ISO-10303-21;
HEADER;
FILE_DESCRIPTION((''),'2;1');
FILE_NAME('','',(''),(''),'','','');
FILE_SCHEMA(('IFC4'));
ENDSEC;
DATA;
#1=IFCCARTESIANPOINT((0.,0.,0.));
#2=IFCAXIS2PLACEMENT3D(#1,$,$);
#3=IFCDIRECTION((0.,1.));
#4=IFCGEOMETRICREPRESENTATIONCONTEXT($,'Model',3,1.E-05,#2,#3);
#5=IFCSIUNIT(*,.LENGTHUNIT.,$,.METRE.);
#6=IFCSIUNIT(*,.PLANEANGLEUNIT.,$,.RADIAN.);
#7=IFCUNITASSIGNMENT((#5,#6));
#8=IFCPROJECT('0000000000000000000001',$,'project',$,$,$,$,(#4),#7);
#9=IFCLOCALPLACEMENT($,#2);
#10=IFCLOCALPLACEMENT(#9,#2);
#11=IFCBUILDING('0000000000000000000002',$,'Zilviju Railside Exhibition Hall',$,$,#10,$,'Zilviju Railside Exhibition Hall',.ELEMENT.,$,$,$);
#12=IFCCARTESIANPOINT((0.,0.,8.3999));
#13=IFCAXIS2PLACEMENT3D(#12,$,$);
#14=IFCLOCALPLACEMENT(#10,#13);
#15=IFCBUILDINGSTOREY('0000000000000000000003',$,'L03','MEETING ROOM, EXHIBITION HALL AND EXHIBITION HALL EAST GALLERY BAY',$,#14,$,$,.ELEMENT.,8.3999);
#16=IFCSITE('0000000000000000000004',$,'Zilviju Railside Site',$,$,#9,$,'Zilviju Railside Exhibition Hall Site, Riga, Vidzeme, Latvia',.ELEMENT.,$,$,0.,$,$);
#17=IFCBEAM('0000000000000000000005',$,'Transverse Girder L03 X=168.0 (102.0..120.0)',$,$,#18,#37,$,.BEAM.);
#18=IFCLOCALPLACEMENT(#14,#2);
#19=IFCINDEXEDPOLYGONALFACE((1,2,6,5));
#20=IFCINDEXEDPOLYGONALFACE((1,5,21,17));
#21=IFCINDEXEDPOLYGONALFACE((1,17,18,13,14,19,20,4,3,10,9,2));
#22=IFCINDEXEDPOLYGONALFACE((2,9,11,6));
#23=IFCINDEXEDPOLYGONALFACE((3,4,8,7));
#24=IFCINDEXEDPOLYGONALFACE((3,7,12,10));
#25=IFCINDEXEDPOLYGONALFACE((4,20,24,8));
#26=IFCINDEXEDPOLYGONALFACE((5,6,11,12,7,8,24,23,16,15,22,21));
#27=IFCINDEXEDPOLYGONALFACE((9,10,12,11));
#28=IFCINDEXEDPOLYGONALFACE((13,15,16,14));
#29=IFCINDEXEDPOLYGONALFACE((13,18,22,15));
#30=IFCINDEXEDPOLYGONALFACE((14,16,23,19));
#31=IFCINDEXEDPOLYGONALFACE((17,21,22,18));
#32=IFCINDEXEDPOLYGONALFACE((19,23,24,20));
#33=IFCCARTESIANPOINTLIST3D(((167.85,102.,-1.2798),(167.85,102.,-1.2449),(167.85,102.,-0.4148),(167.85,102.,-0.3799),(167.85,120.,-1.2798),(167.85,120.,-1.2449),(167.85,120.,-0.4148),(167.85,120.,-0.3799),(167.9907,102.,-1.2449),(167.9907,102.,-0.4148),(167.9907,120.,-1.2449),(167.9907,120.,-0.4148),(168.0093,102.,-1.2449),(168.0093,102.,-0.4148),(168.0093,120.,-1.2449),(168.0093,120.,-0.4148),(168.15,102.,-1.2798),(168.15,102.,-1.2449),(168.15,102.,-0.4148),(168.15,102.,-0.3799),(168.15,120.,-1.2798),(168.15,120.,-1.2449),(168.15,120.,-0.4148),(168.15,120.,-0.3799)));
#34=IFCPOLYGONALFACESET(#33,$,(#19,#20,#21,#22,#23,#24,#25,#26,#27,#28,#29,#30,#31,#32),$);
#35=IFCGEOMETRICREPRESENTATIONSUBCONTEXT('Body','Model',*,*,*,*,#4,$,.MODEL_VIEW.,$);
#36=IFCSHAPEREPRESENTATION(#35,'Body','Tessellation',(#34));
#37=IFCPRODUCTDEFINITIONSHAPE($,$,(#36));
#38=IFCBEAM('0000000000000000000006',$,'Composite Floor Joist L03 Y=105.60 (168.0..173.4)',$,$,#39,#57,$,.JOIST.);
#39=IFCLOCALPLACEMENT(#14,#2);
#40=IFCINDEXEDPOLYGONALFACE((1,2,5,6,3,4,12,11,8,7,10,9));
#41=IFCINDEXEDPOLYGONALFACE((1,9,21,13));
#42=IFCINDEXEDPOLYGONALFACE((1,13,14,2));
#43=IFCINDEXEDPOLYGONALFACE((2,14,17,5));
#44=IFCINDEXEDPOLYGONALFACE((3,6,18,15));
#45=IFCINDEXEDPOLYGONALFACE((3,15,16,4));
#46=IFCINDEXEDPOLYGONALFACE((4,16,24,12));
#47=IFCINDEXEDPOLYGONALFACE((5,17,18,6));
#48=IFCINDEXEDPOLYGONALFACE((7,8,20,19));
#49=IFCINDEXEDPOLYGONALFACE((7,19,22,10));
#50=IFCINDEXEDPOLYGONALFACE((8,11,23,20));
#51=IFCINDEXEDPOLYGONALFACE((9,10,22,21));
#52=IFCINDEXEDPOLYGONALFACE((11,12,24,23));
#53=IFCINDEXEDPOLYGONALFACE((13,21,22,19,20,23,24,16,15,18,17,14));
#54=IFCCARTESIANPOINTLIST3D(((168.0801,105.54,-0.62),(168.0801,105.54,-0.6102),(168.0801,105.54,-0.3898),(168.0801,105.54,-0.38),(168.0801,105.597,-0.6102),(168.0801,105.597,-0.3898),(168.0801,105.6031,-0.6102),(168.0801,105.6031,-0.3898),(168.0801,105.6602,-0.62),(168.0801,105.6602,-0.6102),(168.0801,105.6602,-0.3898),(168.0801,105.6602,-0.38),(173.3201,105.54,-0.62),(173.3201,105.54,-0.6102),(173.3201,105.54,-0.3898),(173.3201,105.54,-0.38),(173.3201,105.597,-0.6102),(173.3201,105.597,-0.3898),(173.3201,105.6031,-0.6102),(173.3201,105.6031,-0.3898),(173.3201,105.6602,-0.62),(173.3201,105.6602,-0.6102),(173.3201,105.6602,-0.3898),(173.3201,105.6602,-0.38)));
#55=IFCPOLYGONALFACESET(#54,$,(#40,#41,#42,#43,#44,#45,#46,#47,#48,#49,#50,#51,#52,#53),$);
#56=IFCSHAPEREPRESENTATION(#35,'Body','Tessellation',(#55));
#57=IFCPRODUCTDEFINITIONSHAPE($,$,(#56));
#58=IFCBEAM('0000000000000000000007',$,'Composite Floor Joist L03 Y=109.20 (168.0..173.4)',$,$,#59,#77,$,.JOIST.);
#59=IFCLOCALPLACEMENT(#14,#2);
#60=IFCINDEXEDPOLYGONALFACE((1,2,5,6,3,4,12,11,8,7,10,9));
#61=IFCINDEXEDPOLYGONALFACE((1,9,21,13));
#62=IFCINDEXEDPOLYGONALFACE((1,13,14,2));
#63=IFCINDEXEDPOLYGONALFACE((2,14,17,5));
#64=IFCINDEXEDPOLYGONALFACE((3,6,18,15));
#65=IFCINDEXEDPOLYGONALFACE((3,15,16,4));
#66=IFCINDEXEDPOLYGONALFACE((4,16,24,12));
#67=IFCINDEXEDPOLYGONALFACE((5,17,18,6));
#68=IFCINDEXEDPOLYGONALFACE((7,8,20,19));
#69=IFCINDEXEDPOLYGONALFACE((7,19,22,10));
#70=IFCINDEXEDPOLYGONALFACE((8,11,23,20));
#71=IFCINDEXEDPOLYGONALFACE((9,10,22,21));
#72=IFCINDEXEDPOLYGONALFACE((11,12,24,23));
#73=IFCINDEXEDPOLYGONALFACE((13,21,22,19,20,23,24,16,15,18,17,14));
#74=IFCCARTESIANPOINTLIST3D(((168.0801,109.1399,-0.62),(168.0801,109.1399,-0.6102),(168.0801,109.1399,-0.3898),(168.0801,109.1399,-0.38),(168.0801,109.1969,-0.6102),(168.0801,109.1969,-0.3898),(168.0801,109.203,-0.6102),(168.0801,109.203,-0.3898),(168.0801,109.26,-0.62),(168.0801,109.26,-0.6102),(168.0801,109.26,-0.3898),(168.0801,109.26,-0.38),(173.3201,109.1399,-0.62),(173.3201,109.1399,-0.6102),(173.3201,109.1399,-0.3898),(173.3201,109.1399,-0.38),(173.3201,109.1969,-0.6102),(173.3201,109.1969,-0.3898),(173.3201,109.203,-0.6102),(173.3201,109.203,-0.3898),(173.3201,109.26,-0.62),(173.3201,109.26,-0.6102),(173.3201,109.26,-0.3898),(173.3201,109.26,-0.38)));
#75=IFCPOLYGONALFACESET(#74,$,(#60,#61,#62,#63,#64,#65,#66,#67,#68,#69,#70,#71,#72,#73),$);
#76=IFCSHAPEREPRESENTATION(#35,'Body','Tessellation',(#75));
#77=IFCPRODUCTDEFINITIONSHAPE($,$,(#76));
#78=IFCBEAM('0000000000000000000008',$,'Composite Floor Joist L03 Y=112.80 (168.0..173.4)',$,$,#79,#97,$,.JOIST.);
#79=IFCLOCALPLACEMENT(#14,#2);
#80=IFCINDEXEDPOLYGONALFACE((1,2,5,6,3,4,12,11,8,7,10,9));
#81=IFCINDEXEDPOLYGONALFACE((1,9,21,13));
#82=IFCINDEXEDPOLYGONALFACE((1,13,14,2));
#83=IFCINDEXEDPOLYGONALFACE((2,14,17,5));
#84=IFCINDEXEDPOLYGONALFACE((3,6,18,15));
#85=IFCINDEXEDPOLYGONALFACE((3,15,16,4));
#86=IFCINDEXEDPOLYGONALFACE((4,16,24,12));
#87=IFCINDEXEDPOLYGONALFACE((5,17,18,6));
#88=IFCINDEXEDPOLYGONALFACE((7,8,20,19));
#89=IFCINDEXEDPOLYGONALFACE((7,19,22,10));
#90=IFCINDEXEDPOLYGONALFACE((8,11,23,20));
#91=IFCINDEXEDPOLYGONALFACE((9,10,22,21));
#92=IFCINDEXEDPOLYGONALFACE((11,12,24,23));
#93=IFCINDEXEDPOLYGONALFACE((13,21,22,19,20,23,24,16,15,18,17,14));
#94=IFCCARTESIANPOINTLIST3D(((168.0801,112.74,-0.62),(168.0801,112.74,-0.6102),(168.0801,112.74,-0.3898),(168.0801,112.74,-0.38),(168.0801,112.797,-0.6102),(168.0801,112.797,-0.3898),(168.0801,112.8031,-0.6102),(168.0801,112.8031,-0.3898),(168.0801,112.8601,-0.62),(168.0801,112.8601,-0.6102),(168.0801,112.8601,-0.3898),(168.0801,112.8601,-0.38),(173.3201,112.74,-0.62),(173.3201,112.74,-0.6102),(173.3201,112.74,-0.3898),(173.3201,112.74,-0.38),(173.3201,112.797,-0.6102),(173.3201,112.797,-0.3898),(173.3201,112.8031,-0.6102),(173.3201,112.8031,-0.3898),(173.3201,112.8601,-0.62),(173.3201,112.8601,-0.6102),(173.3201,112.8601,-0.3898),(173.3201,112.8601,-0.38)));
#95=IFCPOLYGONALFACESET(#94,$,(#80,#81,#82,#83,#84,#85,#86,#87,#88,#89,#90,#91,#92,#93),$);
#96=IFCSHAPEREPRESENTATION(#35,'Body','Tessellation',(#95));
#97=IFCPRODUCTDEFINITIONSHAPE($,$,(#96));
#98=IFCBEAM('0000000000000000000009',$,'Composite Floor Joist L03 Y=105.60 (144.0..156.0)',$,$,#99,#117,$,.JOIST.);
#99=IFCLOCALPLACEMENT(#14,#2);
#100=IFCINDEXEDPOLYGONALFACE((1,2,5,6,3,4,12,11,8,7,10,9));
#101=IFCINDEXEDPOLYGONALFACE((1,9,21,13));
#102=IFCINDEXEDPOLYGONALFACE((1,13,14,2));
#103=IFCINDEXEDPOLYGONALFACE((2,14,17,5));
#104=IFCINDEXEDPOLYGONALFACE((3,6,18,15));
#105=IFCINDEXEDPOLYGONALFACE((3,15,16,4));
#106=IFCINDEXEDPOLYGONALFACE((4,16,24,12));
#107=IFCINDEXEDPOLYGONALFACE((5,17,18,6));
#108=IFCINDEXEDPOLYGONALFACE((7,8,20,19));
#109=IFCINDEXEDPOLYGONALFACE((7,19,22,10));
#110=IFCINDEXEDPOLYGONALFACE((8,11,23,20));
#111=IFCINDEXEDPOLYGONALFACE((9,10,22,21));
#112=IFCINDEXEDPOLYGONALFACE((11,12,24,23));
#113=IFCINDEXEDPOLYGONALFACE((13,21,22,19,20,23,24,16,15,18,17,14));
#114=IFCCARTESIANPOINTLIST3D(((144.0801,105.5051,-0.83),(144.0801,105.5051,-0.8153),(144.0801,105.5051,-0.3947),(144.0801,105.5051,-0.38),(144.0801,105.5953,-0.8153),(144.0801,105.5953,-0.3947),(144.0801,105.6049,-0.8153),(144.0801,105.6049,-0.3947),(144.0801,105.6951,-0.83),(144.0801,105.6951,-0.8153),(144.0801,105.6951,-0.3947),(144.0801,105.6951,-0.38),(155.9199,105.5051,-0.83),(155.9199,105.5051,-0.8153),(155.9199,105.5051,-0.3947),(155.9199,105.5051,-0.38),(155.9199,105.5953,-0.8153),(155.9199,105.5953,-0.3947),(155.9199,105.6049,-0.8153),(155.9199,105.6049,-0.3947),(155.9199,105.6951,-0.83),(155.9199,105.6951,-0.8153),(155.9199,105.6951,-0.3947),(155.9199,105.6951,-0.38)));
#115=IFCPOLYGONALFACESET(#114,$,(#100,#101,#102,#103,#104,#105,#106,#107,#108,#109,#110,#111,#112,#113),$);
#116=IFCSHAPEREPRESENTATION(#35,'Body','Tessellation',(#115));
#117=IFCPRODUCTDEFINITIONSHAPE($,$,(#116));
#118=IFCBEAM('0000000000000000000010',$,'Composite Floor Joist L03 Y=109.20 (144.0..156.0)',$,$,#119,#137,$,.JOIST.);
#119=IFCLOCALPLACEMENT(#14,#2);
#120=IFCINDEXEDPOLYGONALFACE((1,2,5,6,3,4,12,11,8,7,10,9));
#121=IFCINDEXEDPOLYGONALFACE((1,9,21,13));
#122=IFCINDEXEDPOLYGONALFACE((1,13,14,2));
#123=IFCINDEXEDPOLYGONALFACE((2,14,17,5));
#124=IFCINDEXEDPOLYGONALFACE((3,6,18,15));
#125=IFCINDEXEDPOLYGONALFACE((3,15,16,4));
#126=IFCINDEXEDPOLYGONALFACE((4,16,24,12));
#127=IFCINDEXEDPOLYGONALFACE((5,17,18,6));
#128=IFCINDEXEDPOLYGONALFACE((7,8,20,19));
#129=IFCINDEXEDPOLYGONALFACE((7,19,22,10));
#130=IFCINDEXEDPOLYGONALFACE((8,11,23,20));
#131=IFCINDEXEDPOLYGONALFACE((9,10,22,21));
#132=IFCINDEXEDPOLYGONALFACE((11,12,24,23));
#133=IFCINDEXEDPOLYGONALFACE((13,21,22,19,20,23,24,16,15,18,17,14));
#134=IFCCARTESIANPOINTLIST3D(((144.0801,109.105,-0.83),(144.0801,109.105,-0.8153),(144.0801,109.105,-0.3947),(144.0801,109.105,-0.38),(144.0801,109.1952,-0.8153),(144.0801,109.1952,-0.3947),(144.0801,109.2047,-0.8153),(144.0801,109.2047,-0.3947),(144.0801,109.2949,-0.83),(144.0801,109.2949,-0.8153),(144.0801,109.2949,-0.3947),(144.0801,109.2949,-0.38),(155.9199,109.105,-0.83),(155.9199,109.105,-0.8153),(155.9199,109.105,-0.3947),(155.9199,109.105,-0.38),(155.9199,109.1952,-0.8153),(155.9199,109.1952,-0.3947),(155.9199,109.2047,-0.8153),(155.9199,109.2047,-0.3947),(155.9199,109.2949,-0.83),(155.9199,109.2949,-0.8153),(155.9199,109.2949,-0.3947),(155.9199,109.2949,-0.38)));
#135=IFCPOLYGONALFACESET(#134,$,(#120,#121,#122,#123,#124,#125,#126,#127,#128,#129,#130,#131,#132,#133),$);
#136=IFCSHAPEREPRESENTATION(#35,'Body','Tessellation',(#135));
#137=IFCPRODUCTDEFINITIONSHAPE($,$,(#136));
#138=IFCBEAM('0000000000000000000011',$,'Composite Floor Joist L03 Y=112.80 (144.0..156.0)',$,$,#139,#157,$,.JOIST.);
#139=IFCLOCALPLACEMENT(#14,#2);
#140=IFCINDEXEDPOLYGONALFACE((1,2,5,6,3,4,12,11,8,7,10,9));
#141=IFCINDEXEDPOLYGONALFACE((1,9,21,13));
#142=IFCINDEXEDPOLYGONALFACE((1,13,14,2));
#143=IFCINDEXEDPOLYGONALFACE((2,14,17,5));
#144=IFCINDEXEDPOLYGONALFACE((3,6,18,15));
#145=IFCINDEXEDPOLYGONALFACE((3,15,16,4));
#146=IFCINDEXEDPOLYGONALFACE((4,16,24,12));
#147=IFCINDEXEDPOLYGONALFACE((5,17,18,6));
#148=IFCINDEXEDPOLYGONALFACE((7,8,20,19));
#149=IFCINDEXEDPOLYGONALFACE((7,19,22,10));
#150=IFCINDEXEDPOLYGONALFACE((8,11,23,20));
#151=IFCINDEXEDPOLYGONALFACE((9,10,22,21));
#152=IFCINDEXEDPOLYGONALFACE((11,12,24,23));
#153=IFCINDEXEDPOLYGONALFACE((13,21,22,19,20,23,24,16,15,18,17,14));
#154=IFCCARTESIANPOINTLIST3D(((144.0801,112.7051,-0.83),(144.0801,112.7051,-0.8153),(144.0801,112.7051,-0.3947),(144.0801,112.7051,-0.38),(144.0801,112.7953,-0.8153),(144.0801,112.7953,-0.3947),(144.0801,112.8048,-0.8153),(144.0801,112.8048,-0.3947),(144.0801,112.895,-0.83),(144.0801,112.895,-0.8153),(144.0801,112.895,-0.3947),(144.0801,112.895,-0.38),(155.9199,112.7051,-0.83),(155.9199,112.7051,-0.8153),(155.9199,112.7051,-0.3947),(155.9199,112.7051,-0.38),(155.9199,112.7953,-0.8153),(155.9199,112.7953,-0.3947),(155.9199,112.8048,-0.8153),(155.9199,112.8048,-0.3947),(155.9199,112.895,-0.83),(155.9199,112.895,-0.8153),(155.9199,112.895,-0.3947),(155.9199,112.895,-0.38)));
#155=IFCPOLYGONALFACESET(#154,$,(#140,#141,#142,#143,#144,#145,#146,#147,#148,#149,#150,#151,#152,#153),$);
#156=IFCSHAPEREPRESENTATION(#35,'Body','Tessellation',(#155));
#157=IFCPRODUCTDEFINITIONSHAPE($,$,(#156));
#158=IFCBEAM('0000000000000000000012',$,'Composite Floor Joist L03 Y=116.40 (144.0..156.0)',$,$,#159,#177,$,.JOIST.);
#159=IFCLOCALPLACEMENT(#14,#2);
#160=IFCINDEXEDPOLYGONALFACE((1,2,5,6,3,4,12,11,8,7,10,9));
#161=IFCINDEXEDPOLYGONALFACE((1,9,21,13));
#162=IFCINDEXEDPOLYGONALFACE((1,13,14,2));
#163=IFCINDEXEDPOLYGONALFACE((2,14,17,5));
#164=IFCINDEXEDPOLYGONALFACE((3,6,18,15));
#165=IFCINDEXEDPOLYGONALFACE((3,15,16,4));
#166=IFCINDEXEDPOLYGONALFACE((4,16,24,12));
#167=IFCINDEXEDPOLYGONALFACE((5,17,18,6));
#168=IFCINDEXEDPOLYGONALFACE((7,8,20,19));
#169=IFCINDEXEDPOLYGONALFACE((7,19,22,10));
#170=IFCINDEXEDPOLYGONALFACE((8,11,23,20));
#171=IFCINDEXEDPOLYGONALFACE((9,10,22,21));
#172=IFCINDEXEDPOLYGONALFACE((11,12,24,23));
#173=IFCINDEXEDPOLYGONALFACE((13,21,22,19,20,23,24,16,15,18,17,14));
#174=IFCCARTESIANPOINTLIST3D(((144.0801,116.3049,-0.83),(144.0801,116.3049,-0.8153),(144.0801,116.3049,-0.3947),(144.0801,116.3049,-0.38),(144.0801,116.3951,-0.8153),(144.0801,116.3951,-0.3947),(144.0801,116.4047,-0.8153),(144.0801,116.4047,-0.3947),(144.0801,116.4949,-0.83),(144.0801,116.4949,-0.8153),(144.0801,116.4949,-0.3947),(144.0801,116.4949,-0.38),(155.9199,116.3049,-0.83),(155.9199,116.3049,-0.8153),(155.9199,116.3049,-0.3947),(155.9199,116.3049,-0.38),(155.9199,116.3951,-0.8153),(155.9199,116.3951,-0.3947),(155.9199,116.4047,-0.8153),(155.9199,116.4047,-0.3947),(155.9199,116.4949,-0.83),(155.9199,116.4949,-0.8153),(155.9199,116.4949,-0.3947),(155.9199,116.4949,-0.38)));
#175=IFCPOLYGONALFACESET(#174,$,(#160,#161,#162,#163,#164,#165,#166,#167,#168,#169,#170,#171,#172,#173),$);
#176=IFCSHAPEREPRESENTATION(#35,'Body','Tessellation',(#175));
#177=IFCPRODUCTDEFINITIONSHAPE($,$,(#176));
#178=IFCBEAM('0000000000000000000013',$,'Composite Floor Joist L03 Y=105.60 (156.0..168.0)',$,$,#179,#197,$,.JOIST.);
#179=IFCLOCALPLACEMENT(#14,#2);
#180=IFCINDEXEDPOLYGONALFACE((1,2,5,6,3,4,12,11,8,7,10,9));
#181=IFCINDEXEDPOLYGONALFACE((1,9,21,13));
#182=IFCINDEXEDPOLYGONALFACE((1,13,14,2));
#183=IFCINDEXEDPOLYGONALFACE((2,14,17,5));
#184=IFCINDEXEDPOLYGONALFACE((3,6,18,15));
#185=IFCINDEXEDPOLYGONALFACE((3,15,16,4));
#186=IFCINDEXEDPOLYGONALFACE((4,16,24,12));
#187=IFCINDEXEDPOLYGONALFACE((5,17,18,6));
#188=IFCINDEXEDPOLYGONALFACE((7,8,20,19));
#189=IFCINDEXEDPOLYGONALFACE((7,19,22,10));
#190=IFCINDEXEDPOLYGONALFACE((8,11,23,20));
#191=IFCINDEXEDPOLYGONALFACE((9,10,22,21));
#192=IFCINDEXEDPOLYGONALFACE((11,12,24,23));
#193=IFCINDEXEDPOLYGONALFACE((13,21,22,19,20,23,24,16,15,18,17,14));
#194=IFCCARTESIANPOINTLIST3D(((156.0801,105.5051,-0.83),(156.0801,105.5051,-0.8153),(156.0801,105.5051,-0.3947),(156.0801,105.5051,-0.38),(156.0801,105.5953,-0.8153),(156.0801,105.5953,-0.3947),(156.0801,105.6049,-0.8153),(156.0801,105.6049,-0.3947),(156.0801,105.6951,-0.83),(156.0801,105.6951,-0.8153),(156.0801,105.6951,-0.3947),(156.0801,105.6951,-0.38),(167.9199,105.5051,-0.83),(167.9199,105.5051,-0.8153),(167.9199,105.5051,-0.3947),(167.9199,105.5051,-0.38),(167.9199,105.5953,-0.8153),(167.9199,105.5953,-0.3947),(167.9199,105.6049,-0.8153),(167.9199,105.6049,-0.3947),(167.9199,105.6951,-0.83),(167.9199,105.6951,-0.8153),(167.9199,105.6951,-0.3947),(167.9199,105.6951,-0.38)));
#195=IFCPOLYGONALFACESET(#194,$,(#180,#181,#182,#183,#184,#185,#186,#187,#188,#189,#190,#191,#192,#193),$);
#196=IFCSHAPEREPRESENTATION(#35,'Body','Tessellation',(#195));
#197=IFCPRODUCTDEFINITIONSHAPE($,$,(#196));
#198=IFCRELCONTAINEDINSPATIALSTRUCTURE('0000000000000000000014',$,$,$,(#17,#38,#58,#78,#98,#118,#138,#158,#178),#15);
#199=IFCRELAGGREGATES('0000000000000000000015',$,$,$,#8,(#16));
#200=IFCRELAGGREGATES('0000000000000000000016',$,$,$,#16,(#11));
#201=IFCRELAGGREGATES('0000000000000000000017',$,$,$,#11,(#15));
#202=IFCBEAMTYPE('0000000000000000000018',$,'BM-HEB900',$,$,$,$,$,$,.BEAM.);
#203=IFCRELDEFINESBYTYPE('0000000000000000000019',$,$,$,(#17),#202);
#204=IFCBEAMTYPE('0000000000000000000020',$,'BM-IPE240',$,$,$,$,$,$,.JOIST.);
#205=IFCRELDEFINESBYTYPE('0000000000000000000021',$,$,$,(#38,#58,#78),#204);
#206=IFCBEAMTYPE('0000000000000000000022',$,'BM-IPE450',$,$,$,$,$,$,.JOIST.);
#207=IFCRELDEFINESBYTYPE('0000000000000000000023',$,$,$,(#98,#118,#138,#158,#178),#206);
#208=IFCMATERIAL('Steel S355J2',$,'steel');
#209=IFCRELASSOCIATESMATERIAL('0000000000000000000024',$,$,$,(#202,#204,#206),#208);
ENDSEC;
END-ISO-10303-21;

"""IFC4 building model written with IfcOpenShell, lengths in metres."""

from ifc_helpers import new_model, si_unit, direction, frame, origin, origin_2d, place, context, subcontext, project, spatial, i_section, extrude, material, material_profile, profile_set, type_object, element, save


model = new_model("IFC4")

# Units and contexts
model_context = context("Model", 3, precision=1e-05, world=origin(), true_north=direction((0.0, 1.0)))
body_context = subcontext(model_context, "Body", "Model", "MODEL_VIEW")
ifc_project = project(units=[si_unit("LENGTHUNIT", "METRE"), si_unit("PLANEANGLEUNIT", "RADIAN")], contexts=[model_context])

# Site, building, storey
site_placement = place(None, origin())
site = spatial("IfcSite", under=ifc_project, at=site_placement, Name="Zilviju Railside Site", LongName="Zilviju Railside Exhibition Hall Site, Riga, Vidzeme, Latvia", CompositionType="ELEMENT", RefElevation=0.0)
building_placement = place(site_placement, origin())
building = spatial("IfcBuilding", under=site, at=building_placement, Name="Zilviju Railside Exhibition Hall", LongName="Zilviju Railside Exhibition Hall", CompositionType="ELEMENT")
storey_placement = place(building_placement, frame((0.0, 0.0, 8.3999)))
storey = spatial("IfcBuildingStorey", under=building, at=storey_placement, Name="L03", Description="MEETING ROOM, EXHIBITION HALL AND EXHIBITION HALL EAST GALLERY BAY", CompositionType="ELEMENT", Elevation=8.3999)

# Shared definitions
ifc_material = material(Name="Steel S355J2", Category="steel")

# Beams
ifc_material_profile_1 = material_profile(ifc_material, i_section(OverallWidth=0.3, OverallDepth=0.8999, WebThickness=0.0186, FlangeThickness=0.0349, at=origin_2d()), Name="HEB 900")
ifc_profile_set_1 = profile_set([ifc_material_profile_1], Name="Steel S355J2")
beam_type_1 = type_object("IfcBeamType", Name="BM-HEB900", PredefinedType="BEAM", material=ifc_profile_set_1)
for number, where, z_axis, x_axis, name in (
    (1, (168.0, 102.0, -0.8298), (0.0, 1.0, 0.0), (-1.0, 0.0, 0.0), "Transverse Girder L03 X=168.0 (102.0..120.0)"),
):
    element("IfcBeam", number, at=place(storey_placement, frame(where, z_axis=z_axis, x_axis=x_axis)), inside=storey, type_object=beam_type_1, Name=name, PredefinedType="BEAM", context=body_context, shape_type="SweptSolid", body=[
        extrude(i_section(OverallWidth=0.3, OverallDepth=0.8999, WebThickness=0.0186, FlangeThickness=0.0349, at=origin_2d()), origin(), (0.0, 0.0, 1.0), 18.0),
    ])
ifc_material_profile_2 = material_profile(ifc_material, i_section(OverallWidth=0.1201, OverallDepth=0.24, WebThickness=0.0061, FlangeThickness=0.0098, at=origin_2d()), Name="IPE 240")
ifc_profile_set_2 = profile_set([ifc_material_profile_2], Name="Steel S355J2")
beam_type_2 = type_object("IfcBeamType", Name="BM-IPE240", PredefinedType="JOIST", material=ifc_profile_set_2)
for number, where, z_axis, x_axis, name in (
    (2, (168.0801, 105.6001, -0.5), (1.0, 0.0, 0.0), (0.0, 1.0, 0.0), "Composite Floor Joist L03 Y=105.60 (168.0..173.4)"),
    (3, (168.0801, 109.2, -0.5), (1.0, 0.0, 0.0), (0.0, 1.0, 0.0), "Composite Floor Joist L03 Y=109.20 (168.0..173.4)"),
    (4, (168.0801, 112.8, -0.5), (1.0, 0.0, 0.0), (0.0, 1.0, 0.0), "Composite Floor Joist L03 Y=112.80 (168.0..173.4)"),
):
    element("IfcBeam", number, at=place(storey_placement, frame(where, z_axis=z_axis, x_axis=x_axis)), inside=storey, type_object=beam_type_2, Name=name, PredefinedType="JOIST", context=body_context, shape_type="SweptSolid", body=[
        extrude(i_section(OverallWidth=0.1201, OverallDepth=0.24, WebThickness=0.0061, FlangeThickness=0.0098, at=origin_2d()), origin(), (0.0, 0.0, 1.0), 5.24),
    ])
ifc_material_profile_3 = material_profile(ifc_material, i_section(OverallWidth=0.1899, OverallDepth=0.45, WebThickness=0.0095, FlangeThickness=0.0146, at=origin_2d()), Name="IPE 450")
ifc_profile_set_3 = profile_set([ifc_material_profile_3], Name="Steel S355J2")
beam_type_3 = type_object("IfcBeamType", Name="BM-IPE450", PredefinedType="JOIST", material=ifc_profile_set_3)
for number, where, z_axis, x_axis, name in (
    (5, (144.0801, 105.6001, -0.605), (1.0, 0.0, 0.0), (0.0, 1.0, 0.0), "Composite Floor Joist L03 Y=105.60 (144.0..156.0)"),
    (6, (144.0801, 109.2, -0.605), (1.0, 0.0, 0.0), (0.0, 1.0, 0.0), "Composite Floor Joist L03 Y=109.20 (144.0..156.0)"),
    (7, (144.0801, 112.8, -0.605), (1.0, 0.0, 0.0), (0.0, 1.0, 0.0), "Composite Floor Joist L03 Y=112.80 (144.0..156.0)"),
    (8, (144.0801, 116.3999, -0.605), (1.0, 0.0, 0.0), (0.0, 1.0, 0.0), "Composite Floor Joist L03 Y=116.40 (144.0..156.0)"),
    (9, (156.0801, 105.6001, -0.605), (1.0, 0.0, 0.0), (0.0, 1.0, 0.0), "Composite Floor Joist L03 Y=105.60 (156.0..168.0)"),
):
    element("IfcBeam", number, at=place(storey_placement, frame(where, z_axis=z_axis, x_axis=x_axis)), inside=storey, type_object=beam_type_3, Name=name, PredefinedType="JOIST", context=body_context, shape_type="SweptSolid", body=[
        extrude(i_section(OverallWidth=0.1899, OverallDepth=0.45, WebThickness=0.0095, FlangeThickness=0.0146, at=origin_2d()), origin(), (0.0, 0.0, 1.0), 11.8398),
    ])

save(model, "model.ifc")
